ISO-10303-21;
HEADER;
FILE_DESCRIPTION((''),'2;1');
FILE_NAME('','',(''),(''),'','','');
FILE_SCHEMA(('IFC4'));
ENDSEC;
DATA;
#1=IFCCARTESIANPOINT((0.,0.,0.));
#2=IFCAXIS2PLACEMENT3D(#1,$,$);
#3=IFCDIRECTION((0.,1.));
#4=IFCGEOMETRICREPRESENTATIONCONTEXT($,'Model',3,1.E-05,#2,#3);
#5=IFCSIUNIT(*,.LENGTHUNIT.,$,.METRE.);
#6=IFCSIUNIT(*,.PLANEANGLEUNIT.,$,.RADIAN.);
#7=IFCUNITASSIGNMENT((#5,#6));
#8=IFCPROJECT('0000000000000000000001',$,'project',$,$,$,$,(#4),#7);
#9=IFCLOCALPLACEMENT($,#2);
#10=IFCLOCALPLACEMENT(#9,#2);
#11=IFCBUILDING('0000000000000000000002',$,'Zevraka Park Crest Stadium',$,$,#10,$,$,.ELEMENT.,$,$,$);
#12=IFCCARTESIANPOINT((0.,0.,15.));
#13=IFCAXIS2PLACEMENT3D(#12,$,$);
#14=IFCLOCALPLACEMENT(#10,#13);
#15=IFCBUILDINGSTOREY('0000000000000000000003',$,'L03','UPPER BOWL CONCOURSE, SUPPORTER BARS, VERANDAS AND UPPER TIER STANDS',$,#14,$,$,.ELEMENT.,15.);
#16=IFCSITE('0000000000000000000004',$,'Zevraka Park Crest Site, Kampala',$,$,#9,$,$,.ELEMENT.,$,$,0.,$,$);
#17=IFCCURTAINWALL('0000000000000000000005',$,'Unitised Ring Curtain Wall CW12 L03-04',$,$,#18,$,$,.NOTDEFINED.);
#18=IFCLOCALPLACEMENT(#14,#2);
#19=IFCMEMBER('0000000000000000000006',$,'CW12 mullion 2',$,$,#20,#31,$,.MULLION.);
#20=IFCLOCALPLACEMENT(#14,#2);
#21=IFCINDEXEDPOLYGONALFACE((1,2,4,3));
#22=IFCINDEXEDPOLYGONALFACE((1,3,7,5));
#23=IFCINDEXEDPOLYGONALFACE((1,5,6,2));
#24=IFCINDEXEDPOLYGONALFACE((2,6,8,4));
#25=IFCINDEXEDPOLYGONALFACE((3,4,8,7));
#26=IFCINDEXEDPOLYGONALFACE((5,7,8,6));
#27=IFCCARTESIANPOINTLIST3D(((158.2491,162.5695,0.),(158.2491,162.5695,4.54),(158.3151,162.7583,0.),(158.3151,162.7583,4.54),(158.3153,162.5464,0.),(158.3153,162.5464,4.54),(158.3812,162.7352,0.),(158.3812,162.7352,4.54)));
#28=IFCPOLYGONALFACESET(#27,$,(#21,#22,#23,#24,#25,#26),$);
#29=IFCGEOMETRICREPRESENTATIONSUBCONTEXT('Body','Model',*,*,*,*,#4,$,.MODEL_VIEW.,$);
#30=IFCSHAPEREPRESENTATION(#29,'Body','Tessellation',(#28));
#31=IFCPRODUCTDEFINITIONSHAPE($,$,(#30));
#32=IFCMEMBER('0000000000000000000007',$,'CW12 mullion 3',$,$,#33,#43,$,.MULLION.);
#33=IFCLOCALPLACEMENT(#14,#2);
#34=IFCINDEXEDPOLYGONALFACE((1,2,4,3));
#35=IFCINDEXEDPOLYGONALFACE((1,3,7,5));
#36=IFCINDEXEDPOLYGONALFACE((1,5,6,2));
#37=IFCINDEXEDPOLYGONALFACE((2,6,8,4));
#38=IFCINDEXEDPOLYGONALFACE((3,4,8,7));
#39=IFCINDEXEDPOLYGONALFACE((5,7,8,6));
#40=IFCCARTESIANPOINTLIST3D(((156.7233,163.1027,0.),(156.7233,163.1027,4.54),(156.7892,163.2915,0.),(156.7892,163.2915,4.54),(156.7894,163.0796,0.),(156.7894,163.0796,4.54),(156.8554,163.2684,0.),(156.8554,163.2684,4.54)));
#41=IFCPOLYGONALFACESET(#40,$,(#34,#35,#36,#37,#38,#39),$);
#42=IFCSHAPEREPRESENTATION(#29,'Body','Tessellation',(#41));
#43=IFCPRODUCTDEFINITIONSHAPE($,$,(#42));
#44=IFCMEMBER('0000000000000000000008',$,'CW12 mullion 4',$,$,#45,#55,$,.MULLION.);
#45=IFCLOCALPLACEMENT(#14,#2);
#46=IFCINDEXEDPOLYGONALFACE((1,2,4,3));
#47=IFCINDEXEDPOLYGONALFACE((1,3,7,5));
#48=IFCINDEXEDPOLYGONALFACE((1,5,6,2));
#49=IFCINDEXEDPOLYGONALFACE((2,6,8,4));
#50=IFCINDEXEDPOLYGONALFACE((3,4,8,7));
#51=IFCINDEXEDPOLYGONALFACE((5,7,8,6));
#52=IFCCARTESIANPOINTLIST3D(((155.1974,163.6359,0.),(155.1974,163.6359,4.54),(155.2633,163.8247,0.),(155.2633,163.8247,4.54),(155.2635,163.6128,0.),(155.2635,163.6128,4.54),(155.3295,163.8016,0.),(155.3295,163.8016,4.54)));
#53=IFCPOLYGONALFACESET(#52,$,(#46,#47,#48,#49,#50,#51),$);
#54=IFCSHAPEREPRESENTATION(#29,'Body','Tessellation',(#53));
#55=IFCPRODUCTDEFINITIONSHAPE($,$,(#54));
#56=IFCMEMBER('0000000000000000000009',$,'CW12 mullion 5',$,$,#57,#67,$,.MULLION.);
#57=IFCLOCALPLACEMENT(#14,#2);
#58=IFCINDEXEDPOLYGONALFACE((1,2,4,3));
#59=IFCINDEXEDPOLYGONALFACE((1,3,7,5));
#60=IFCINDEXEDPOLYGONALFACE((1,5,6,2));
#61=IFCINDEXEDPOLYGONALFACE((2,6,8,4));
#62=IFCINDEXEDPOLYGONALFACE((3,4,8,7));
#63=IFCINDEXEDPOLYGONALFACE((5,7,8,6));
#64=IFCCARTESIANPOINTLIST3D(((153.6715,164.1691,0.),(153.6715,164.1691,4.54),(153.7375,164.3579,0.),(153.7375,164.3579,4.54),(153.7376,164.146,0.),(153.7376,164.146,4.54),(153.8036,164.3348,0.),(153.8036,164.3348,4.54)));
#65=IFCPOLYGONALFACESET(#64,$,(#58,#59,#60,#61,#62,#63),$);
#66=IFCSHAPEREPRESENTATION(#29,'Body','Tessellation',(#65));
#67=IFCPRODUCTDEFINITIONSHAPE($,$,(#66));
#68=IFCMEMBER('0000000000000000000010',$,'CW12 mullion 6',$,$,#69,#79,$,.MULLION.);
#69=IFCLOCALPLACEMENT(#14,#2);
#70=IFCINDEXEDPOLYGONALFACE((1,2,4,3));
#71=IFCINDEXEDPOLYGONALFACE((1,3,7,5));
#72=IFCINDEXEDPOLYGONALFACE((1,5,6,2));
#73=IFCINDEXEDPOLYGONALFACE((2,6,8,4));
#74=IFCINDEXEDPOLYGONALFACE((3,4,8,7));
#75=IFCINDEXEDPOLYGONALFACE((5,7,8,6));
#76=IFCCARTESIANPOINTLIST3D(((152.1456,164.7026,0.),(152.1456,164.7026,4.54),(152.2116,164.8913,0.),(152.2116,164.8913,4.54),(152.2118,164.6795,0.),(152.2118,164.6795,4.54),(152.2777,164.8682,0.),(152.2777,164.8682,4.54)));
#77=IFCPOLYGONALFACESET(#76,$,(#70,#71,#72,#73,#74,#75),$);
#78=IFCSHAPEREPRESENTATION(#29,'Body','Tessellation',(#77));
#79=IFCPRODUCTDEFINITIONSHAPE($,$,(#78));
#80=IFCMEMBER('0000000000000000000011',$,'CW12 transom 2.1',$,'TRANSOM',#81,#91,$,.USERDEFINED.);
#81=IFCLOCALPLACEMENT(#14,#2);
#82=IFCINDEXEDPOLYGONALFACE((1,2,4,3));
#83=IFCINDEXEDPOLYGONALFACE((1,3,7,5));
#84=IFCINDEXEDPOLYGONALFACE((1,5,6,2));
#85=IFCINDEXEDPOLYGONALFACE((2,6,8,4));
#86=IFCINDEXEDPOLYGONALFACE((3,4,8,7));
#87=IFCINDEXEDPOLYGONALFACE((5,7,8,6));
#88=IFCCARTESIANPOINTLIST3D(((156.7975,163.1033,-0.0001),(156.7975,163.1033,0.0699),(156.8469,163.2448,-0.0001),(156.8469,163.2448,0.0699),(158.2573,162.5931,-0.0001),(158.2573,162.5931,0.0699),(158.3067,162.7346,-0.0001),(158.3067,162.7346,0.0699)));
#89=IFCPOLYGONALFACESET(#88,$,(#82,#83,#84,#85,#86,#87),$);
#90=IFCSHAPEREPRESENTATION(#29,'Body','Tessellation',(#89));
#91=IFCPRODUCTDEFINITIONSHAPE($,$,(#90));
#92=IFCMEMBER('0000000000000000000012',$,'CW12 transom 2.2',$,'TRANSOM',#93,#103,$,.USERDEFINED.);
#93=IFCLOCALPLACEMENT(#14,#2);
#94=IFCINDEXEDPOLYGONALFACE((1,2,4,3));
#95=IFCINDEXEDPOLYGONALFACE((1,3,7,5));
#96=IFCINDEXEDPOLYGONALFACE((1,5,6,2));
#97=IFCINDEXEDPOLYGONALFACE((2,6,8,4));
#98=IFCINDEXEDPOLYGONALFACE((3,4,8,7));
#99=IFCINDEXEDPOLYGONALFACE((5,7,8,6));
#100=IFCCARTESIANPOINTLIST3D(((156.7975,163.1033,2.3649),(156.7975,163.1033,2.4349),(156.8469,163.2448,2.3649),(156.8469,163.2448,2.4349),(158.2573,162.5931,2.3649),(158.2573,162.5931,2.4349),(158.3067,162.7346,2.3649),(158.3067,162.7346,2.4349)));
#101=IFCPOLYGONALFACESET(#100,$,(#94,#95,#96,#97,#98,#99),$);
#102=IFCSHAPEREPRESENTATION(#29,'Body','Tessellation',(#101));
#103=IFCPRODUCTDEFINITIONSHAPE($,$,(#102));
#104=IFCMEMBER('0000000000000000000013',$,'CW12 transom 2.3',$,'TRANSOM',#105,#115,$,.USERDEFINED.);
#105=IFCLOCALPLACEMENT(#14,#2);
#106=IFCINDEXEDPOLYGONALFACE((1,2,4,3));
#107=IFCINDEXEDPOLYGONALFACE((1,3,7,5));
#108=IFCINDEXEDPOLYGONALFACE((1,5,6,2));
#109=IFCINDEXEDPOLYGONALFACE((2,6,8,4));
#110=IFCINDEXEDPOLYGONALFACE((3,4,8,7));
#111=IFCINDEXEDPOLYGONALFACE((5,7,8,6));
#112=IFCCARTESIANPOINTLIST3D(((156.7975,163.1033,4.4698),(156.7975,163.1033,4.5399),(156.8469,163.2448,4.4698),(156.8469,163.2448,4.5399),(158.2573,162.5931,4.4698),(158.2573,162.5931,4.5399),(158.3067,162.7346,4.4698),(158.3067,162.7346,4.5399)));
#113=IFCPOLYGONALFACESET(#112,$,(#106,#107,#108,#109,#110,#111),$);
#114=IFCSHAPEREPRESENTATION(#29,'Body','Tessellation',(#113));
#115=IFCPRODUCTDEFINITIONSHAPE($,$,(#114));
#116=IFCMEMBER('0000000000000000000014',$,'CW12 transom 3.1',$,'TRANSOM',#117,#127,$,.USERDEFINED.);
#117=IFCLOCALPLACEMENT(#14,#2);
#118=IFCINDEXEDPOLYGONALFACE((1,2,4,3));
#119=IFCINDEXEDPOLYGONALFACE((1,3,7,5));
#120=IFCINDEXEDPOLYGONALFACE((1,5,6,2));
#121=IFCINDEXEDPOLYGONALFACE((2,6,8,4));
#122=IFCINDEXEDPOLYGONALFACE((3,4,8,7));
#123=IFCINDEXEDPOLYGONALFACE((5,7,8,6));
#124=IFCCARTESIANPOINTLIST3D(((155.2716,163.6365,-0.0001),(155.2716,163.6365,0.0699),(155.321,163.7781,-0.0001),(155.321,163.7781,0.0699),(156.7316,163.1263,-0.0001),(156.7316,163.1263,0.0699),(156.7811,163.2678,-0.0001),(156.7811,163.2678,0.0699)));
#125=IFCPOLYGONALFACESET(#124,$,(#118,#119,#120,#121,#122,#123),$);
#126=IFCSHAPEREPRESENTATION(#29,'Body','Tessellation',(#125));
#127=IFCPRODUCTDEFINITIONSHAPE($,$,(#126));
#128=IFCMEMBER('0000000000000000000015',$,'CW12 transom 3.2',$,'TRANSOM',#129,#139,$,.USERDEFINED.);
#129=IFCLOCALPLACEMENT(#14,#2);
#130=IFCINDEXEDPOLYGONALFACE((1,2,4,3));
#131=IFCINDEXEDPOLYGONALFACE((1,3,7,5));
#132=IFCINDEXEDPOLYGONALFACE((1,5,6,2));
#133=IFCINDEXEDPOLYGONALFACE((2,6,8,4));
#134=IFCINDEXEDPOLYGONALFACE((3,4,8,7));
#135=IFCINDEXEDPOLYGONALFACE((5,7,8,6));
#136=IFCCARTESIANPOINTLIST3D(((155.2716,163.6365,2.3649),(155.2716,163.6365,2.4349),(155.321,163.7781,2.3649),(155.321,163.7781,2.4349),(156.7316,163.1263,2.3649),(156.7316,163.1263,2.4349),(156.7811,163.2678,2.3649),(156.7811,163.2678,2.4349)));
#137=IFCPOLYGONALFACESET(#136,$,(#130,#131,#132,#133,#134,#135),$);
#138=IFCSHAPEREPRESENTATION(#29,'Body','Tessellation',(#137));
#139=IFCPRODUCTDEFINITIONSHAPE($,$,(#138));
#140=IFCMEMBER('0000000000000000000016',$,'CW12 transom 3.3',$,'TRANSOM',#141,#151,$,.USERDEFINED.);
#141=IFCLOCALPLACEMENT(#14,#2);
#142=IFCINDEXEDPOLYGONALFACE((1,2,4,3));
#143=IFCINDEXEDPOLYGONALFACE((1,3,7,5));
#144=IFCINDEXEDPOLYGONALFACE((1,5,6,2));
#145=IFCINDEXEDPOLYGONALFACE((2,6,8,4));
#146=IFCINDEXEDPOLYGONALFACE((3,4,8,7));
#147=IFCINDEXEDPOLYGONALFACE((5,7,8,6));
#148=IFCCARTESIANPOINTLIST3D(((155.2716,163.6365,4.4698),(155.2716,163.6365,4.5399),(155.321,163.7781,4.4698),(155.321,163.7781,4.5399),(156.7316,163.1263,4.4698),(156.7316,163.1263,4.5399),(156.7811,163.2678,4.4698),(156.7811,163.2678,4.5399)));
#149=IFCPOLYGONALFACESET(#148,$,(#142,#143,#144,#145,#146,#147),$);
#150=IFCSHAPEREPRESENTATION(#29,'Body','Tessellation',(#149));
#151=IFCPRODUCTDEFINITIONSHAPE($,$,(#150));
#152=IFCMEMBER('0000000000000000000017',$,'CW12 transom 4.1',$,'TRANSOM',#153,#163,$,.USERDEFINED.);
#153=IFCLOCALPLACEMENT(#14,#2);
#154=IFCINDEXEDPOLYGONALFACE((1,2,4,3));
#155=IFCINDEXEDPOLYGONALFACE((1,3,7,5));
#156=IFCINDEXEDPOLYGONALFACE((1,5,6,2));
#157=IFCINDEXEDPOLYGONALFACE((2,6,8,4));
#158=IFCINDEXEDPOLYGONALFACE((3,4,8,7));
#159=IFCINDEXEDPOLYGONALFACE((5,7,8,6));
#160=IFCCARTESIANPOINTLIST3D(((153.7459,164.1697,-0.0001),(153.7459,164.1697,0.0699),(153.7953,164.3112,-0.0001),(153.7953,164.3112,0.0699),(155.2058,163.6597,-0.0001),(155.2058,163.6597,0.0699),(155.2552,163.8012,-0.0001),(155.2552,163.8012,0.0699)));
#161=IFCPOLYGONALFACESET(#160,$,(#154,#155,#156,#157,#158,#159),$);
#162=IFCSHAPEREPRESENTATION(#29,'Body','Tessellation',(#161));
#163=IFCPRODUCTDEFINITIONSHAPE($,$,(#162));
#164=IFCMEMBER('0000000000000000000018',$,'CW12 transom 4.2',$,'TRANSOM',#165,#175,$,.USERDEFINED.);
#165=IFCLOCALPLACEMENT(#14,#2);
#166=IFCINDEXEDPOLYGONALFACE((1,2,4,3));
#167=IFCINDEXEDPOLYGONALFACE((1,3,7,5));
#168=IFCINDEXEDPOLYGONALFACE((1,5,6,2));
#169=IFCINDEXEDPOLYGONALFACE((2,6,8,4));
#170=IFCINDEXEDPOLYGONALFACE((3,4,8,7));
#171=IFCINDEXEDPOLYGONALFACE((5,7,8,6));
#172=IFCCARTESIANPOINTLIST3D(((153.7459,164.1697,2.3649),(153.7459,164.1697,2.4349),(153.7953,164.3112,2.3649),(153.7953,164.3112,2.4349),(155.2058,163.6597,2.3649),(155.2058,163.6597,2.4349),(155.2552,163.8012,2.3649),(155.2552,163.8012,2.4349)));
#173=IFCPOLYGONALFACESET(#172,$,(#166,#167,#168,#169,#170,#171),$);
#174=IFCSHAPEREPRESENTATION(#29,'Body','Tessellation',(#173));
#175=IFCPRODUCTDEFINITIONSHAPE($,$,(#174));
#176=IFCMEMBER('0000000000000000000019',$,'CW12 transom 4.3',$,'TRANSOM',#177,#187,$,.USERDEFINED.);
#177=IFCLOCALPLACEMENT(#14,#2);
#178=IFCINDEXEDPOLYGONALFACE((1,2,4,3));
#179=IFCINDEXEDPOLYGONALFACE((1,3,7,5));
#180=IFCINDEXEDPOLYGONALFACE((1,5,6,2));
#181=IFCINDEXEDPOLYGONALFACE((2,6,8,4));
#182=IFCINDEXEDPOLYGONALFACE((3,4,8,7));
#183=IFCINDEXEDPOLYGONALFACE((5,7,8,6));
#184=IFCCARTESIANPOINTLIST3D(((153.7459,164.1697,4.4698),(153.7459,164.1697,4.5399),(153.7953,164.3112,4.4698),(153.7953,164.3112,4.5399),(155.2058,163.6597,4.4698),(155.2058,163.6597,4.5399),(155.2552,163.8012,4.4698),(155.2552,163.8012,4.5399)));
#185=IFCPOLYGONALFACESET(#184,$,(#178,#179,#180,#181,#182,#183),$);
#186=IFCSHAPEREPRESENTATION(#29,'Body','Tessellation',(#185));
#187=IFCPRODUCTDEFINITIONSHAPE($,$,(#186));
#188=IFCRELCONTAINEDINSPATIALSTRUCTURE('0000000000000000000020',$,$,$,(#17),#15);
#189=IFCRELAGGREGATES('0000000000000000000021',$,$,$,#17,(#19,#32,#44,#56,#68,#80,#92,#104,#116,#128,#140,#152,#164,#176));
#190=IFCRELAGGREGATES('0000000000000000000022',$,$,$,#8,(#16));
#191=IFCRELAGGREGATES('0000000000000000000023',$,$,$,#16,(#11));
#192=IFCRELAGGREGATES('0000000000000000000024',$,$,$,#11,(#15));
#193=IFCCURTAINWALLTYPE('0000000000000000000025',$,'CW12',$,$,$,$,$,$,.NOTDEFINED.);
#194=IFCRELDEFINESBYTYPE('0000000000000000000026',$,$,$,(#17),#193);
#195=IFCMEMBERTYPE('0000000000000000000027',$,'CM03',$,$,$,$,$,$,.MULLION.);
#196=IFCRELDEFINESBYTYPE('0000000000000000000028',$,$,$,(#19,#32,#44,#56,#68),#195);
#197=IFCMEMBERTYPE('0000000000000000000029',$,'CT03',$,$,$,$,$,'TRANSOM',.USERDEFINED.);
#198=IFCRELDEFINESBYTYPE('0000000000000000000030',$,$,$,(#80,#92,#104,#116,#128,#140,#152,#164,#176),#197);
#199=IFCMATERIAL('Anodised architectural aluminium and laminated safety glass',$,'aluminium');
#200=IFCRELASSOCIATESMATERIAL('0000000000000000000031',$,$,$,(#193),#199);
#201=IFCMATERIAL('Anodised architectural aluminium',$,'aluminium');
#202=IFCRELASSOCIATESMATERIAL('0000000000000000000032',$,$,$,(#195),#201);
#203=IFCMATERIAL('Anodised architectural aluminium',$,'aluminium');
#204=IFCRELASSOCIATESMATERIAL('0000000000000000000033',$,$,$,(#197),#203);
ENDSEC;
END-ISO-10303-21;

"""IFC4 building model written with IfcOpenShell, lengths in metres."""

from ifc_helpers import new_model, si_unit, direction, frame, origin, origin_2d, place, context, subcontext, project, spatial, rectangle, extrude, material, material_profile, profile_set, type_object, element, aggregate, save


model = new_model("IFC4")

# Units and contexts
model_context = context("Model", 3, precision=1e-05, world=origin(), true_north=direction((0.0, 1.0)))
body_context = subcontext(model_context, "Body", "Model", "MODEL_VIEW")
ifc_project = project(units=[si_unit("LENGTHUNIT", "METRE"), si_unit("PLANEANGLEUNIT", "RADIAN")], contexts=[model_context])

# Site, building, storey
site_placement = place(None, origin())
site = spatial("IfcSite", under=ifc_project, at=site_placement, Name="Zevraka Park Crest Site, Kampala", CompositionType="ELEMENT", RefElevation=0.0)
building_placement = place(site_placement, origin())
building = spatial("IfcBuilding", under=site, at=building_placement, Name="Zevraka Park Crest Stadium", CompositionType="ELEMENT")
storey_placement = place(building_placement, frame((0.0, 0.0, 15.0)))
storey = spatial("IfcBuildingStorey", under=building, at=storey_placement, Name="L03", Description="UPPER BOWL CONCOURSE, SUPPORTER BARS, VERANDAS AND UPPER TIER STANDS", CompositionType="ELEMENT", Elevation=15.0)

# Curtain wall, members
ifc_material_1 = material(Name="Anodised architectural aluminium and laminated safety glass", Category="aluminium")
curtain_wall_type = type_object("IfcCurtainWallType", Name="CW12", PredefinedType="NOTDEFINED", material=ifc_material_1)
curtain_wall_placement = place(storey_placement, origin())
curtain_wall = element("IfcCurtainWall", 1, at=curtain_wall_placement, inside=storey, type_object=curtain_wall_type, Name="Unitised Ring Curtain Wall CW12 L03-04", PredefinedType="NOTDEFINED")
ifc_material_2 = material(Name="Anodised architectural aluminium", Category="aluminium")
ifc_material_profile_1 = material_profile(ifc_material_2, rectangle(XDim=0.2, YDim=0.0701, at=origin_2d()), Name="ALU MULLION 200x70")
ifc_profile_set_1 = profile_set([ifc_material_profile_1], Name="Anodised architectural aluminium")
member_type_1 = type_object("IfcMemberType", Name="CM03", PredefinedType="MULLION", material=ifc_profile_set_1)
member_1_placement = place(storey_placement, frame((158.3152, 162.6523, 0.0), z_axis=(0.0, 0.0, 1.0), x_axis=(-0.329917, -0.94401, 0.0)))
member_1 = element("IfcMember", 2, at=member_1_placement, type_object=member_type_1, Name="CW12 mullion 2", PredefinedType="MULLION", context=body_context, shape_type="SweptSolid", body=[
    extrude(rectangle(XDim=0.2, YDim=0.0701, at=origin_2d()), origin(), (0.0, 0.0, 1.0), 4.54),
])
member_2_placement = place(storey_placement, frame((156.7893, 163.1855, 0.0), z_axis=(0.0, 0.0, 1.0), x_axis=(-0.329917, -0.94401, 0.0)))
member_2 = element("IfcMember", 3, at=member_2_placement, type_object=member_type_1, Name="CW12 mullion 3", PredefinedType="MULLION", context=body_context, shape_type="SweptSolid", body=[
    extrude(rectangle(XDim=0.2, YDim=0.0701, at=origin_2d()), origin(), (0.0, 0.0, 1.0), 4.54),
])
member_3_placement = place(storey_placement, frame((155.2634, 163.7188, 0.0), z_axis=(0.0, 0.0, 1.0), x_axis=(-0.329917, -0.94401, 0.0)))
member_3 = element("IfcMember", 4, at=member_3_placement, type_object=member_type_1, Name="CW12 mullion 4", PredefinedType="MULLION", context=body_context, shape_type="SweptSolid", body=[
    extrude(rectangle(XDim=0.2, YDim=0.0701, at=origin_2d()), origin(), (0.0, 0.0, 1.0), 4.54),
])
member_4_placement = place(storey_placement, frame((153.7375, 164.252, 0.0), z_axis=(0.0, 0.0, 1.0), x_axis=(-0.329917, -0.94401, 0.0)))
member_4 = element("IfcMember", 5, at=member_4_placement, type_object=member_type_1, Name="CW12 mullion 5", PredefinedType="MULLION", context=body_context, shape_type="SweptSolid", body=[
    extrude(rectangle(XDim=0.2, YDim=0.0701, at=origin_2d()), origin(), (0.0, 0.0, 1.0), 4.54),
])
member_5_placement = place(storey_placement, frame((152.2117, 164.7854, 0.0), z_axis=(0.0, 0.0, 1.0), x_axis=(-0.329917, -0.94401, 0.0)))
member_5 = element("IfcMember", 6, at=member_5_placement, type_object=member_type_1, Name="CW12 mullion 6", PredefinedType="MULLION", context=body_context, shape_type="SweptSolid", body=[
    extrude(rectangle(XDim=0.2, YDim=0.0701, at=origin_2d()), origin(), (0.0, 0.0, 1.0), 4.54),
])
ifc_material_3 = material(Name="Anodised architectural aluminium", Category="aluminium")
ifc_material_profile_2 = material_profile(ifc_material_3, rectangle(XDim=0.1499, YDim=0.0701, at=origin_2d()), Name="ALU TRANSOM 150x70")
ifc_profile_set_2 = profile_set([ifc_material_profile_2], Name="Anodised architectural aluminium")
member_type_2 = type_object("IfcMemberType", Name="CT03", ElementType="TRANSOM", PredefinedType="USERDEFINED", material=ifc_profile_set_2)
member_6_placement = place(storey_placement, frame((158.282, 162.6638, 0.0349), z_axis=(-0.943989, 0.329978, 0.0), x_axis=(-0.329978, -0.943989, 0.0)))
member_6 = element("IfcMember", 7, at=member_6_placement, type_object=member_type_2, Name="CW12 transom 2.1", ObjectType="TRANSOM", PredefinedType="USERDEFINED", context=body_context, shape_type="SweptSolid", body=[
    extrude(rectangle(XDim=0.1499, YDim=0.0701, at=origin_2d()), origin(), (0.0, 0.0, 1.0), 1.5464),
])
member_7_placement = place(storey_placement, frame((158.282, 162.6638, 2.3999), z_axis=(-0.943989, 0.329978, 0.0), x_axis=(-0.329978, -0.943989, 0.0)))
member_7 = element("IfcMember", 8, at=member_7_placement, type_object=member_type_2, Name="CW12 transom 2.2", ObjectType="TRANSOM", PredefinedType="USERDEFINED", context=body_context, shape_type="SweptSolid", body=[
    extrude(rectangle(XDim=0.1499, YDim=0.0701, at=origin_2d()), origin(), (0.0, 0.0, 1.0), 1.5464),
])
member_8_placement = place(storey_placement, frame((158.282, 162.6638, 4.5049), z_axis=(-0.943989, 0.329978, 0.0), x_axis=(-0.329978, -0.943989, 0.0)))
member_8 = element("IfcMember", 9, at=member_8_placement, type_object=member_type_2, Name="CW12 transom 2.3", ObjectType="TRANSOM", PredefinedType="USERDEFINED", context=body_context, shape_type="SweptSolid", body=[
    extrude(rectangle(XDim=0.1499, YDim=0.0701, at=origin_2d()), origin(), (0.0, 0.0, 1.0), 1.5464),
])
member_9_placement = place(storey_placement, frame((156.7563, 163.197, 0.0349), z_axis=(-0.944006, 0.329928, 0.0), x_axis=(-0.329928, -0.944006, 0.0)))
member_9 = element("IfcMember", 10, at=member_9_placement, type_object=member_type_2, Name="CW12 transom 3.1", ObjectType="TRANSOM", PredefinedType="USERDEFINED", context=body_context, shape_type="SweptSolid", body=[
    extrude(rectangle(XDim=0.1499, YDim=0.0701, at=origin_2d()), origin(), (0.0, 0.0, 1.0), 1.5466),
])
member_10_placement = place(storey_placement, frame((156.7563, 163.197, 2.3999), z_axis=(-0.944006, 0.329928, 0.0), x_axis=(-0.329928, -0.944006, 0.0)))
member_10 = element("IfcMember", 11, at=member_10_placement, type_object=member_type_2, Name="CW12 transom 3.2", ObjectType="TRANSOM", PredefinedType="USERDEFINED", context=body_context, shape_type="SweptSolid", body=[
    extrude(rectangle(XDim=0.1499, YDim=0.0701, at=origin_2d()), origin(), (0.0, 0.0, 1.0), 1.5466),
])
member_11_placement = place(storey_placement, frame((156.7563, 163.197, 4.5049), z_axis=(-0.944006, 0.329928, 0.0), x_axis=(-0.329928, -0.944006, 0.0)))
member_11 = element("IfcMember", 12, at=member_11_placement, type_object=member_type_2, Name="CW12 transom 3.3", ObjectType="TRANSOM", PredefinedType="USERDEFINED", context=body_context, shape_type="SweptSolid", body=[
    extrude(rectangle(XDim=0.1499, YDim=0.0701, at=origin_2d()), origin(), (0.0, 0.0, 1.0), 1.5466),
])
member_12_placement = place(storey_placement, frame((155.2305, 163.7305, 0.0349), z_axis=(-0.944055, 0.329788, 0.0), x_axis=(-0.329788, -0.944055, 0.0)))
member_12 = element("IfcMember", 13, at=member_12_placement, type_object=member_type_2, Name="CW12 transom 4.1", ObjectType="TRANSOM", PredefinedType="USERDEFINED", context=body_context, shape_type="SweptSolid", body=[
    extrude(rectangle(XDim=0.1499, YDim=0.0701, at=origin_2d()), origin(), (0.0, 0.0, 1.0), 1.5464),
])
member_13_placement = place(storey_placement, frame((155.2305, 163.7305, 2.3999), z_axis=(-0.944055, 0.329788, 0.0), x_axis=(-0.329788, -0.944055, 0.0)))
member_13 = element("IfcMember", 14, at=member_13_placement, type_object=member_type_2, Name="CW12 transom 4.2", ObjectType="TRANSOM", PredefinedType="USERDEFINED", context=body_context, shape_type="SweptSolid", body=[
    extrude(rectangle(XDim=0.1499, YDim=0.0701, at=origin_2d()), origin(), (0.0, 0.0, 1.0), 1.5464),
])
member_14_placement = place(storey_placement, frame((155.2305, 163.7305, 4.5049), z_axis=(-0.944055, 0.329788, 0.0), x_axis=(-0.329788, -0.944055, 0.0)))
member_14 = element("IfcMember", 15, at=member_14_placement, type_object=member_type_2, Name="CW12 transom 4.3", ObjectType="TRANSOM", PredefinedType="USERDEFINED", context=body_context, shape_type="SweptSolid", body=[
    extrude(rectangle(XDim=0.1499, YDim=0.0701, at=origin_2d()), origin(), (0.0, 0.0, 1.0), 1.5464),
])

aggregate(curtain_wall, [member_1, member_2, member_3, member_4, member_5, member_6, member_7, member_8, member_9, member_10, member_11, member_12, member_13, member_14])

save(model, "model.ifc")
